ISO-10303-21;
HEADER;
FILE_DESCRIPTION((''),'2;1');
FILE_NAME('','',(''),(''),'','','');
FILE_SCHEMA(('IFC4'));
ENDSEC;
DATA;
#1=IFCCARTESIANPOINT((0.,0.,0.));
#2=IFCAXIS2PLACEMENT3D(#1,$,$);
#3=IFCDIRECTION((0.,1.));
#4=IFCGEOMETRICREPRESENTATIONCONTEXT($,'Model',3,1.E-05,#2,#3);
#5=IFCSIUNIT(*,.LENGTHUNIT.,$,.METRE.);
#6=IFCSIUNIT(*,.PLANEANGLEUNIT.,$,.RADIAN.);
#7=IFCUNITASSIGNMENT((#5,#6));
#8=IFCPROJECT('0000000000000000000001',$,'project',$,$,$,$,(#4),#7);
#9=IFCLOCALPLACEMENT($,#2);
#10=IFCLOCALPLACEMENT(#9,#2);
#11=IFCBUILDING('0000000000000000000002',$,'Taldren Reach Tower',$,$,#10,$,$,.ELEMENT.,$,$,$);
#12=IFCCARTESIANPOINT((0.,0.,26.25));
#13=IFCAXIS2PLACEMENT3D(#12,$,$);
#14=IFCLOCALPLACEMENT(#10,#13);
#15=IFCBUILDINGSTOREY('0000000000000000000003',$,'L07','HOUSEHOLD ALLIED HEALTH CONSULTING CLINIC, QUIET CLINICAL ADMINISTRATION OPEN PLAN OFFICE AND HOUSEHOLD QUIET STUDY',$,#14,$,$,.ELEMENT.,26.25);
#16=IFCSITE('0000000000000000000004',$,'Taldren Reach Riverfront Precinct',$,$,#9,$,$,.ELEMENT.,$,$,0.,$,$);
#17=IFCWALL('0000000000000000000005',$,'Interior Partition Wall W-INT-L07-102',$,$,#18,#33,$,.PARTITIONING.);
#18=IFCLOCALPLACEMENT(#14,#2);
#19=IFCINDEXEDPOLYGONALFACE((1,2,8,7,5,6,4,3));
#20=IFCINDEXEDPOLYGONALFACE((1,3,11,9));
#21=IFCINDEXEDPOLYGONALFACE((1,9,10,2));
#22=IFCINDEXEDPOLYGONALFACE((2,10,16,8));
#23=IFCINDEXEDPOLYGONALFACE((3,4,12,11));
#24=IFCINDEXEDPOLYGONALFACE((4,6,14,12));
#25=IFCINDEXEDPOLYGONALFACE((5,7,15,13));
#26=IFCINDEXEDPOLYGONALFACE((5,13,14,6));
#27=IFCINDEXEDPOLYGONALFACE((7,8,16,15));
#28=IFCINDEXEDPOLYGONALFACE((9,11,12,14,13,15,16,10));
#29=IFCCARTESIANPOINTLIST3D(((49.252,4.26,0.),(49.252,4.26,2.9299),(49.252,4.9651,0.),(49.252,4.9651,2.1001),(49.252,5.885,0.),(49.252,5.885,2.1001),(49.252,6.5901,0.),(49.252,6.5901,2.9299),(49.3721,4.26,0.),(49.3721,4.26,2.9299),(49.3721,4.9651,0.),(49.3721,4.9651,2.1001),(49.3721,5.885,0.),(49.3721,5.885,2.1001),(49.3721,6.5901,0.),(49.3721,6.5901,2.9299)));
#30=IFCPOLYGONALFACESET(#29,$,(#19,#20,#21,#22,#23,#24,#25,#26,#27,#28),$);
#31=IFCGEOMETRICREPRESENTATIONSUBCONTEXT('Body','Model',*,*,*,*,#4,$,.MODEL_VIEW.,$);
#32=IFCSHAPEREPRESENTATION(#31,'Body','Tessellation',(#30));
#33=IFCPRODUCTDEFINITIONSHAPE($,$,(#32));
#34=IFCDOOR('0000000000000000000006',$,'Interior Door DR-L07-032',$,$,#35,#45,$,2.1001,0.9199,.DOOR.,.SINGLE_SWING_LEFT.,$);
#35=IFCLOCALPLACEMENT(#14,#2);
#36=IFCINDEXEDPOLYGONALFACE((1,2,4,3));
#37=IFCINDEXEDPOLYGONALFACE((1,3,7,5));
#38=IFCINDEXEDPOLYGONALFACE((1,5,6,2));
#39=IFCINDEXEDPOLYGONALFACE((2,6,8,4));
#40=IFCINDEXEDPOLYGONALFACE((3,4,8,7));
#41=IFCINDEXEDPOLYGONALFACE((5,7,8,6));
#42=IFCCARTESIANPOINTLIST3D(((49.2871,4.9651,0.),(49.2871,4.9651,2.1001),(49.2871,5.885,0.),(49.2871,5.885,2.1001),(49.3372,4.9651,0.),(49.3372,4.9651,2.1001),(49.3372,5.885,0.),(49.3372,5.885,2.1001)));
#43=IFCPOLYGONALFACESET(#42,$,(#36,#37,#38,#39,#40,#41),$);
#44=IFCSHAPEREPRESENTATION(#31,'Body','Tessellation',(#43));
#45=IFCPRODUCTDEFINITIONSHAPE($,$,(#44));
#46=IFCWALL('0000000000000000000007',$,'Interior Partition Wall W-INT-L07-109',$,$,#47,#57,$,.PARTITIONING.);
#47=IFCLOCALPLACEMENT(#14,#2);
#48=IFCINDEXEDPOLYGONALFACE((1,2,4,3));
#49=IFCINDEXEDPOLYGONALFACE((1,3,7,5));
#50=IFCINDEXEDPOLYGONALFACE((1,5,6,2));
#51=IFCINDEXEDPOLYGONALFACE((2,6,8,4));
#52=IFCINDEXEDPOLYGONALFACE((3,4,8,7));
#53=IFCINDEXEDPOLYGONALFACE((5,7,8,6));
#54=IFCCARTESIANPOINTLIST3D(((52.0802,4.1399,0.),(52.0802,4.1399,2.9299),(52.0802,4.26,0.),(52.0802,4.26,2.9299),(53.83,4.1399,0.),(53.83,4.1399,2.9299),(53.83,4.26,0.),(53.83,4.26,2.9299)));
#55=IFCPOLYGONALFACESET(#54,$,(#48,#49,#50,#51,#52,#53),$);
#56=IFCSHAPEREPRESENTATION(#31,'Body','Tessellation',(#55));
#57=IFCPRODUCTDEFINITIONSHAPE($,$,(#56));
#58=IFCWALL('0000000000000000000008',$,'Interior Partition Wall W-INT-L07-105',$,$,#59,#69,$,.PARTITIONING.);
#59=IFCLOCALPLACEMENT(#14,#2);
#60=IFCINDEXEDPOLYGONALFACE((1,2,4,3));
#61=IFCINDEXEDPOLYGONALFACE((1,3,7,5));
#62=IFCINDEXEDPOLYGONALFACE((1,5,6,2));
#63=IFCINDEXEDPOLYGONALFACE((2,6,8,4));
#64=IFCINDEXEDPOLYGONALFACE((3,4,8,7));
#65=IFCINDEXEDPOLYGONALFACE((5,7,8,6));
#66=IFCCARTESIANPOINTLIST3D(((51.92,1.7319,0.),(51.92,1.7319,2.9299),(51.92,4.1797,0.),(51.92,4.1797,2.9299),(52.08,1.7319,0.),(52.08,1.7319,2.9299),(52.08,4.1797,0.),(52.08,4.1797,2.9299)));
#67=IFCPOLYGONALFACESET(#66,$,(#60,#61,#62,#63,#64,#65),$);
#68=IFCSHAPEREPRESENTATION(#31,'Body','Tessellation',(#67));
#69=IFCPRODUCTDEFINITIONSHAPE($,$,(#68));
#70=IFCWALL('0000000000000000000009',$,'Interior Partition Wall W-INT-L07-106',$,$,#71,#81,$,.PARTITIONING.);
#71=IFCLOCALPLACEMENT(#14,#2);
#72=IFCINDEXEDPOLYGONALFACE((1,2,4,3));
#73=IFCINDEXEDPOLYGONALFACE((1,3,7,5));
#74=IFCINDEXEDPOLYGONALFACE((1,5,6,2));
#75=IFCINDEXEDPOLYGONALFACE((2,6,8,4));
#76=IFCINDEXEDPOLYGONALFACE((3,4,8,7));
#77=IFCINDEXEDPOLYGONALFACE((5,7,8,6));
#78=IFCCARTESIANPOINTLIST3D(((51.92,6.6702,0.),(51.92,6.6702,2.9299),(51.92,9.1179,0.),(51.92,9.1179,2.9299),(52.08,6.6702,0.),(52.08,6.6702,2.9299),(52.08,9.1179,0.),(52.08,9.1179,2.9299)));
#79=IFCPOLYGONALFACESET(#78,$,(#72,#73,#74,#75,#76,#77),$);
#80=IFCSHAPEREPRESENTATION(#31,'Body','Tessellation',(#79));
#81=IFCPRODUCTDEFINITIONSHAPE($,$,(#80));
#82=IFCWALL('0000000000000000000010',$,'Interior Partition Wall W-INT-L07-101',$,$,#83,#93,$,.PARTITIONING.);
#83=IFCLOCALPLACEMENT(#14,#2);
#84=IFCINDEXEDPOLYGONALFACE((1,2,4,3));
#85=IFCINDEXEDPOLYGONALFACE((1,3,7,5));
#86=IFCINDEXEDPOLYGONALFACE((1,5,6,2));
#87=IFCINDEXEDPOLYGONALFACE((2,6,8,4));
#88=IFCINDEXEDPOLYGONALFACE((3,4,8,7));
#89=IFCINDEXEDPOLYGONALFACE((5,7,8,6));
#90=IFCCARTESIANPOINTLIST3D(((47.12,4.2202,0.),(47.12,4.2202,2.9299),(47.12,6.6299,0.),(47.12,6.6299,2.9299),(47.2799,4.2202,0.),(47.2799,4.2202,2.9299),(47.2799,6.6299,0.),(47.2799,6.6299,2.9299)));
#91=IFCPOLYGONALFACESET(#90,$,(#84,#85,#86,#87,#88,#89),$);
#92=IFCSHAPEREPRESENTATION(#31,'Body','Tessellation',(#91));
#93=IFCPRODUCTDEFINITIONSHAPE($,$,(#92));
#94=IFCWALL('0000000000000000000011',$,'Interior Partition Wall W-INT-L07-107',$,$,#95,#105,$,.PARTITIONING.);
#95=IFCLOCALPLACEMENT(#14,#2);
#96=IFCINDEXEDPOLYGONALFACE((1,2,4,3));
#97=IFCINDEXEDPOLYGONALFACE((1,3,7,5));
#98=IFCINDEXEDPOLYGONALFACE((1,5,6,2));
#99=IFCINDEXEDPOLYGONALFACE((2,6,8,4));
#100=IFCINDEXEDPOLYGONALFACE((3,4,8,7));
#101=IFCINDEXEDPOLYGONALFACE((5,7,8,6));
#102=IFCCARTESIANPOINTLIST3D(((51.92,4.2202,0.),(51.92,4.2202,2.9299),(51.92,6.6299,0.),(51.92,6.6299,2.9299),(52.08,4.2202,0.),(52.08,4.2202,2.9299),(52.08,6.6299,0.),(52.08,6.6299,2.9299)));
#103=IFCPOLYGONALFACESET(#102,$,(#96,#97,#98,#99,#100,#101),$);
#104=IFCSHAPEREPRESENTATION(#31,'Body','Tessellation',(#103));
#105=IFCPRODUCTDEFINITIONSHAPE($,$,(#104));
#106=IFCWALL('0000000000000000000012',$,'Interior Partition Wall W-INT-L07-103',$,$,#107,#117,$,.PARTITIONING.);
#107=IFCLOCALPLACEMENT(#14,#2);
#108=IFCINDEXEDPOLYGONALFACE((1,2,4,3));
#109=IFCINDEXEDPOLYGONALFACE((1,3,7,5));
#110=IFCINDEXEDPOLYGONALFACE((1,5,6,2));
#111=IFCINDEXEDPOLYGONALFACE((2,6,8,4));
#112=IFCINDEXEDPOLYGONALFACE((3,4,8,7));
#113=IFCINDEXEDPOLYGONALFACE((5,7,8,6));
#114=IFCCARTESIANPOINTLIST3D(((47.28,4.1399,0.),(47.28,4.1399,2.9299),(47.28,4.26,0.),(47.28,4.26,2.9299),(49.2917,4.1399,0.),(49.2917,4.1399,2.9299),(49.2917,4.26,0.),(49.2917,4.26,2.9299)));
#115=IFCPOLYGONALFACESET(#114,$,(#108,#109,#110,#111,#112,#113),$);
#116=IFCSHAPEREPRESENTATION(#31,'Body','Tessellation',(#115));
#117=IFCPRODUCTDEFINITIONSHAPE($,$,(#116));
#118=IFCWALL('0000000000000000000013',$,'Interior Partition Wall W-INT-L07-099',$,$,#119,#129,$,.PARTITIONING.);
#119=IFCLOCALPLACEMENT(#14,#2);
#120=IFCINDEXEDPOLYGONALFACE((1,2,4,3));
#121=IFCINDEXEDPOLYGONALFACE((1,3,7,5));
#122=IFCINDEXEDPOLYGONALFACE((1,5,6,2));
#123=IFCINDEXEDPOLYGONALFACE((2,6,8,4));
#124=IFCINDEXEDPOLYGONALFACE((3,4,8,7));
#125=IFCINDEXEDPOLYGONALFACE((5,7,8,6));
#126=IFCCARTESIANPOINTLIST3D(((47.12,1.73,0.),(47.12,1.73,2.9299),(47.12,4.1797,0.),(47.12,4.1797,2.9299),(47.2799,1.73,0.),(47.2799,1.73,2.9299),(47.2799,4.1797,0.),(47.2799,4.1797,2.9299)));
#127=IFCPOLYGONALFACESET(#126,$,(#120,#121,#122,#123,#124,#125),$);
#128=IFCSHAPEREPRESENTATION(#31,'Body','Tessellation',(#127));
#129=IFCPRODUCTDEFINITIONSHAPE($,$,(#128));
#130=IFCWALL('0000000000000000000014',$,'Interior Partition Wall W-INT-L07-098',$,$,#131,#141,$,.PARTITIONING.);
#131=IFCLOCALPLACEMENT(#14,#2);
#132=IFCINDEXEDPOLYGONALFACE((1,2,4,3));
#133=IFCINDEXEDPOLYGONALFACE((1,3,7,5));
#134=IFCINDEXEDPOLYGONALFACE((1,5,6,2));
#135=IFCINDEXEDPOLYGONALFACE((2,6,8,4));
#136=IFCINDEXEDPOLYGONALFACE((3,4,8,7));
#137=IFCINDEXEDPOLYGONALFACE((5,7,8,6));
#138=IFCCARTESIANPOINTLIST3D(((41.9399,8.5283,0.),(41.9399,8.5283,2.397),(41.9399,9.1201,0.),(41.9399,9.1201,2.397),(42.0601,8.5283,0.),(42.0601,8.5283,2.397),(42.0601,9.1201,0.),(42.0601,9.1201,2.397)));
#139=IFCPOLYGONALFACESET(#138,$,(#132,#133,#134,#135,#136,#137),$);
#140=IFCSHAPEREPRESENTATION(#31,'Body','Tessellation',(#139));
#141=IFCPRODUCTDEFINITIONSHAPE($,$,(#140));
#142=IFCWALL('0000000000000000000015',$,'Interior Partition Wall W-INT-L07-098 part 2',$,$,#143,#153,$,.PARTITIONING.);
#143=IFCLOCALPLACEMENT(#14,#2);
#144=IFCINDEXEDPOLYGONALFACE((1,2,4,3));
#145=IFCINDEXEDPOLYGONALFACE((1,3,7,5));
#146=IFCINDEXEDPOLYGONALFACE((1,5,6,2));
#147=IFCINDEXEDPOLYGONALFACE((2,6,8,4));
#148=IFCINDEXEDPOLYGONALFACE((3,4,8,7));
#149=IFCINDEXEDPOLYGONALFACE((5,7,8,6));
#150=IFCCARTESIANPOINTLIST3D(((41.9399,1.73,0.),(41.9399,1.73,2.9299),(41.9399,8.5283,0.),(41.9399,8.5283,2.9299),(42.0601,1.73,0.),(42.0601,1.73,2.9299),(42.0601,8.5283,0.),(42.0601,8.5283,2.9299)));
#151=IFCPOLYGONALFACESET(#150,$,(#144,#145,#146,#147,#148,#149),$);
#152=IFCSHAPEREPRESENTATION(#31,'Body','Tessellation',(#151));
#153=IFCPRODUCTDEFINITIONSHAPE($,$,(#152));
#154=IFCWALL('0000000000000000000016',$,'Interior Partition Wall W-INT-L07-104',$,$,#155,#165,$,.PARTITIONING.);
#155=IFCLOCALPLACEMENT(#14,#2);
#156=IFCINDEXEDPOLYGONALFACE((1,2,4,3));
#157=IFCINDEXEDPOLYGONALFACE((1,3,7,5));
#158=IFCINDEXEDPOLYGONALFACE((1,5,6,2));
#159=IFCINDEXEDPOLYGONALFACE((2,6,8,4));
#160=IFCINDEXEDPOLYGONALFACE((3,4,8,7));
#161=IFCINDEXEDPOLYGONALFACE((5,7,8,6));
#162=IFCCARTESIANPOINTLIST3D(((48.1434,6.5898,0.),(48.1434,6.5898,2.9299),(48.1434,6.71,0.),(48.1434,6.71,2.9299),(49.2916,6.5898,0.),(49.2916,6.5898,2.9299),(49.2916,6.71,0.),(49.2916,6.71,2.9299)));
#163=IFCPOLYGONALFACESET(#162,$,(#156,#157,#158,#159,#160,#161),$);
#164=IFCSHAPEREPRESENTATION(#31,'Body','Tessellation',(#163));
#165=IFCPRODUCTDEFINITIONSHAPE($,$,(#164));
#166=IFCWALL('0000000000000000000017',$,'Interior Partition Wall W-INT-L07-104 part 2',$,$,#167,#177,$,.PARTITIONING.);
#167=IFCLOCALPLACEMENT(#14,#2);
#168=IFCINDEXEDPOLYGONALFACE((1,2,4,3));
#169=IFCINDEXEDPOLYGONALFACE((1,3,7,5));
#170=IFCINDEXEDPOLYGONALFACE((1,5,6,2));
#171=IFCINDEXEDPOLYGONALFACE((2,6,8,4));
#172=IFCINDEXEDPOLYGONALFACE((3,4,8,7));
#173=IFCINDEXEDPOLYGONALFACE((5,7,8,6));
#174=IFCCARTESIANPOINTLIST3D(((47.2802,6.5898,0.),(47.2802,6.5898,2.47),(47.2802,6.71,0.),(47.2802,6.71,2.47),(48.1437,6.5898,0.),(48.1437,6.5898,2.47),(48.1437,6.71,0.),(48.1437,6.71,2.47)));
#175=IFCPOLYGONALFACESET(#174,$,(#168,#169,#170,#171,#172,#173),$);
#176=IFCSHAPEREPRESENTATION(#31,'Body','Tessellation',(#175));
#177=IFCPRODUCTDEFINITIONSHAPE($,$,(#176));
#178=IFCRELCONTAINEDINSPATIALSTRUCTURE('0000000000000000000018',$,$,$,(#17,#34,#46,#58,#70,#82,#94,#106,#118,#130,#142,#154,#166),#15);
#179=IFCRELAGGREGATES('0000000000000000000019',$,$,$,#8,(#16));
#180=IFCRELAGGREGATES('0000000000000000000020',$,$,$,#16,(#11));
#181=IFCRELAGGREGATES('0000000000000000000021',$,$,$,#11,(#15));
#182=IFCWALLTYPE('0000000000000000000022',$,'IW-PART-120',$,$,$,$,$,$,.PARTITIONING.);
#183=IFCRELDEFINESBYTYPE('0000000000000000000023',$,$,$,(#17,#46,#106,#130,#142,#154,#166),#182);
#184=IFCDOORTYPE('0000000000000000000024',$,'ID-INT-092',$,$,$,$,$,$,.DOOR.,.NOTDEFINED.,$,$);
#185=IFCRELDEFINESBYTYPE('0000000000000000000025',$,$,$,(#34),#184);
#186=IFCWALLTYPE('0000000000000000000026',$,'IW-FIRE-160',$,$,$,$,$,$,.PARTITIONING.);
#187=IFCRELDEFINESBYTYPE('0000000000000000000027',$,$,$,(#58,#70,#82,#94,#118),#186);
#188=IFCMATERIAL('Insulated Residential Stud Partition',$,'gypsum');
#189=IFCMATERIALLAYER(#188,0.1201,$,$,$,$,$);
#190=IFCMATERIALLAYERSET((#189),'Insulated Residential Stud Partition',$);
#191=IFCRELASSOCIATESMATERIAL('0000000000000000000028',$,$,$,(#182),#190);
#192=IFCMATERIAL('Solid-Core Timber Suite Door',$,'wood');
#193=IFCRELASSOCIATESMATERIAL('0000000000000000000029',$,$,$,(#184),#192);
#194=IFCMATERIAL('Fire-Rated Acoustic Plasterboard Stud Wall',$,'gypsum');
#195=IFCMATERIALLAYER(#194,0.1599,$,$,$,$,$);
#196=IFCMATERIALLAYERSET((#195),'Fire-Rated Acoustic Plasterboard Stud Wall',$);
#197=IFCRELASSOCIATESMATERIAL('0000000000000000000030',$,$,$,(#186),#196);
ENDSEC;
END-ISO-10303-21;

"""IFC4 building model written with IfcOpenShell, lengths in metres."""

from ifc_helpers import new_model, si_unit, direction, frame, frame_2d, origin, place, context, subcontext, project, spatial, rectangle, extrude, source, transform, mapped, material, layer, layer_set, type_object, element, fill, save


model = new_model("IFC4")

# Units and contexts
model_context = context("Model", 3, precision=1e-05, world=origin(), true_north=direction((0.0, 1.0)))
body_context = subcontext(model_context, "Body", "Model", "MODEL_VIEW")
ifc_project = project(units=[si_unit("LENGTHUNIT", "METRE"), si_unit("PLANEANGLEUNIT", "RADIAN")], contexts=[model_context])

# Site, building, storey
site_placement = place(None, origin())
site = spatial("IfcSite", under=ifc_project, at=site_placement, Name="Taldren Reach Riverfront Precinct", CompositionType="ELEMENT", RefElevation=0.0)
building_placement = place(site_placement, origin())
building = spatial("IfcBuilding", under=site, at=building_placement, Name="Taldren Reach Tower", CompositionType="ELEMENT")
storey_placement = place(building_placement, frame((0.0, 0.0, 26.25)))
storey = spatial("IfcBuildingStorey", under=building, at=storey_placement, Name="L07", Description="HOUSEHOLD ALLIED HEALTH CONSULTING CLINIC, QUIET CLINICAL ADMINISTRATION OPEN PLAN OFFICE AND HOUSEHOLD QUIET STUDY", CompositionType="ELEMENT", Elevation=26.25)

# Wall, opening, door
ifc_material_1 = material(Name="Insulated Residential Stud Partition", Category="gypsum")
ifc_layer_1 = layer(ifc_material_1, 0.1201)
ifc_layer_set_1 = layer_set([ifc_layer_1], Name="Insulated Residential Stud Partition")
wall_type_1 = type_object("IfcWallType", Name="IW-PART-120", PredefinedType="PARTITIONING", material=ifc_layer_set_1)
shared_shape_1 = source(origin(), body_context, "Body", "SweptSolid", [
    extrude(rectangle(XDim=2.3301, YDim=0.1201, at=frame_2d((1.165, 0.0))), origin(), (0.0, 0.0, 1.0), 2.9299),
])
wall_1_placement = place(storey_placement, frame((49.312, 4.26, 0.0), z_axis=(0.0, 0.0, 1.0), x_axis=(0.0, 1.0, 0.0)))
wall_1 = element("IfcWall", 1, at=wall_1_placement, inside=storey, type_object=wall_type_1, Name="Interior Partition Wall W-INT-L07-102", PredefinedType="PARTITIONING", context=body_context, shape_type="MappedRepresentation", body=[
    mapped(shared_shape_1, transform((0.0, 0.0, 0.0), scale=1.0)),
])
shared_shape_2 = source(origin(), body_context, "Body", "SweptSolid", [
    extrude(rectangle(XDim=0.9199, YDim=2.1001, at=frame_2d((0.46, 1.05))), frame((0.0, 0.0701, 0.0), z_axis=(0.0, -1.0, 0.0), x_axis=(1.0, 0.0, 0.0)), (0.0, 0.0, 1.0), 0.1401),
])
opening_placement = place(wall_1_placement, frame((0.7051, 0.0, 0.0)))
opening = element("IfcOpeningElement", 2, at=opening_placement, cuts=wall_1, PredefinedType="OPENING", context=body_context, shape_type="MappedRepresentation", body=[
    mapped(shared_shape_2, transform((0.0, 0.0, 0.0), scale=1.0)),
])
ifc_material_2 = material(Name="Solid-Core Timber Suite Door", Category="wood")
door_type = type_object("IfcDoorType", Name="ID-INT-092", OperationType="NOTDEFINED", PredefinedType="DOOR", material=ifc_material_2)
shared_shape_3 = source(origin(), body_context, "Body", "SweptSolid", [
    extrude(rectangle(XDim=0.9199, YDim=2.1001, at=frame_2d((0.46, 1.05))), frame((0.0, 0.0249, 0.0), z_axis=(0.0, -1.0, 0.0), x_axis=(1.0, 0.0, 0.0)), (0.0, 0.0, 1.0), 0.05),
])
door_placement = place(opening_placement, origin())
door = element("IfcDoor", 3, at=door_placement, inside=storey, type_object=door_type, Name="Interior Door DR-L07-032", OperationType="SINGLE_SWING_LEFT", OverallHeight=2.1001, OverallWidth=0.9199, PredefinedType="DOOR", context=body_context, shape_type="MappedRepresentation", body=[
    mapped(shared_shape_3, transform((0.0, 0.0, 0.0), scale=1.0)),
])
fill(opening, door)

# Walls
shared_shape_4 = source(origin(), body_context, "Body", "SweptSolid", [
    extrude(rectangle(XDim=1.7498, YDim=0.1201, at=frame_2d((0.875, 0.0))), origin(), (0.0, 0.0, 1.0), 2.9299),
])
wall_2_placement = place(storey_placement, frame((52.0801, 4.2, 0.0), z_axis=(0.0, 0.0, 1.0), x_axis=(1.0, 0.0, 0.0)))
element("IfcWall", 4, at=wall_2_placement, inside=storey, type_object=wall_type_1, Name="Interior Partition Wall W-INT-L07-109", PredefinedType="PARTITIONING", context=body_context, shape_type="MappedRepresentation", body=[
    mapped(shared_shape_4, transform((0.0, 0.0, 0.0), scale=1.0)),
])
ifc_material_3 = material(Name="Fire-Rated Acoustic Plasterboard Stud Wall", Category="gypsum")
ifc_layer_2 = layer(ifc_material_3, 0.1599)
ifc_layer_set_2 = layer_set([ifc_layer_2], Name="Fire-Rated Acoustic Plasterboard Stud Wall")
wall_type_2 = type_object("IfcWallType", Name="IW-FIRE-160", PredefinedType="PARTITIONING", material=ifc_layer_set_2)
shared_shape_5 = source(origin(), body_context, "Body", "SweptSolid", [
    extrude(rectangle(XDim=2.4478, YDim=0.1599, at=frame_2d((1.2239, 0.0))), origin(), (0.0, 0.0, 1.0), 2.9299),
])
for number, where, z_axis, x_axis, name in (
    (5, (52.0, 4.1797, 0.0), (0.0, 0.0, 1.0), (0.0, -1.0, 0.0), "Interior Partition Wall W-INT-L07-105"),
    (6, (52.0, 9.1179, 0.0), (0.0, 0.0, 1.0), (0.0, -1.0, 0.0), "Interior Partition Wall W-INT-L07-106"),
):
    element("IfcWall", number, at=place(storey_placement, frame(where, z_axis=z_axis, x_axis=x_axis)), inside=storey, type_object=wall_type_2, Name=name, PredefinedType="PARTITIONING", context=body_context, shape_type="MappedRepresentation", body=[
        mapped(shared_shape_5, transform((0.0, 0.0, 0.0), scale=1.0)),
    ])
shared_shape_6 = source(origin(), body_context, "Body", "SweptSolid", [
    extrude(rectangle(XDim=2.4097, YDim=0.1599, at=frame_2d((1.2048, 0.0))), origin(), (0.0, 0.0, 1.0), 2.9299),
])
for number, where, z_axis, x_axis, name in (
    (7, (47.2, 6.6299, 0.0), (0.0, 0.0, 1.0), (0.0, -1.0, 0.0), "Interior Partition Wall W-INT-L07-101"),
    (8, (52.0, 6.6299, 0.0), (0.0, 0.0, 1.0), (0.0, -1.0, 0.0), "Interior Partition Wall W-INT-L07-107"),
):
    element("IfcWall", number, at=place(storey_placement, frame(where, z_axis=z_axis, x_axis=x_axis)), inside=storey, type_object=wall_type_2, Name=name, PredefinedType="PARTITIONING", context=body_context, shape_type="MappedRepresentation", body=[
        mapped(shared_shape_6, transform((0.0, 0.0, 0.0), scale=1.0)),
    ])
shared_shape_7 = source(origin(), body_context, "Body", "SweptSolid", [
    extrude(rectangle(XDim=2.0117, YDim=0.1201, at=frame_2d((1.0059, 0.0))), origin(), (0.0, 0.0, 1.0), 2.9299),
])
wall_3_placement = place(storey_placement, frame((47.28, 4.2, 0.0), z_axis=(0.0, 0.0, 1.0), x_axis=(1.0, 0.0, 0.0)))
element("IfcWall", 9, at=wall_3_placement, inside=storey, type_object=wall_type_1, Name="Interior Partition Wall W-INT-L07-103", PredefinedType="PARTITIONING", context=body_context, shape_type="MappedRepresentation", body=[
    mapped(shared_shape_7, transform((0.0, 0.0, 0.0), scale=1.0)),
])
shared_shape_8 = source(origin(), body_context, "Body", "SweptSolid", [
    extrude(rectangle(XDim=2.4497, YDim=0.1599, at=frame_2d((1.2249, 0.0))), origin(), (0.0, 0.0, 1.0), 2.9299),
])
wall_4_placement = place(storey_placement, frame((47.2, 4.1797, 0.0), z_axis=(0.0, 0.0, 1.0), x_axis=(0.0, -1.0, 0.0)))
element("IfcWall", 10, at=wall_4_placement, inside=storey, type_object=wall_type_2, Name="Interior Partition Wall W-INT-L07-099", PredefinedType="PARTITIONING", context=body_context, shape_type="MappedRepresentation", body=[
    mapped(shared_shape_8, transform((0.0, 0.0, 0.0), scale=1.0)),
])
shared_shape_9 = source(origin(), body_context, "Body", "SweptSolid", [
    extrude(rectangle(XDim=0.5918, YDim=0.1201, at=frame_2d((0.2959, 0.0))), origin(), (0.0, 0.0, 1.0), 2.397),
])
wall_5_placement = place(storey_placement, frame((42.0, 9.1201, 0.0), z_axis=(0.0, 0.0, 1.0), x_axis=(0.0, -1.0, 0.0)))
element("IfcWall", 11, at=wall_5_placement, inside=storey, type_object=wall_type_1, Name="Interior Partition Wall W-INT-L07-098", PredefinedType="PARTITIONING", context=body_context, shape_type="MappedRepresentation", body=[
    mapped(shared_shape_9, transform((0.0, 0.0, 0.0), scale=1.0)),
])
shared_shape_10 = source(origin(), body_context, "Body", "SweptSolid", [
    extrude(rectangle(XDim=6.7983, YDim=0.1201, at=frame_2d((3.3992, 0.0))), origin(), (0.0, 0.0, 1.0), 2.9299),
])
wall_6_placement = place(storey_placement, frame((42.0, 8.5283, 0.0), z_axis=(0.0, 0.0, 1.0), x_axis=(0.0, -1.0, 0.0)))
element("IfcWall", 12, at=wall_6_placement, inside=storey, type_object=wall_type_1, Name="Interior Partition Wall W-INT-L07-098 part 2", PredefinedType="PARTITIONING", context=body_context, shape_type="MappedRepresentation", body=[
    mapped(shared_shape_10, transform((0.0, 0.0, 0.0), scale=1.0)),
])
shared_shape_11 = source(origin(), body_context, "Body", "SweptSolid", [
    extrude(rectangle(XDim=1.1482, YDim=0.1201, at=frame_2d((0.5742, 0.0))), origin(), (0.0, 0.0, 1.0), 2.9299),
])
wall_7_placement = place(storey_placement, frame((49.2917, 6.6499, 0.0), z_axis=(0.0, 0.0, 1.0), x_axis=(-1.0, 0.0, 0.0)))
element("IfcWall", 13, at=wall_7_placement, inside=storey, type_object=wall_type_1, Name="Interior Partition Wall W-INT-L07-104", PredefinedType="PARTITIONING", context=body_context, shape_type="MappedRepresentation", body=[
    mapped(shared_shape_11, transform((0.0, 0.0, 0.0), scale=1.0)),
])
shared_shape_12 = source(origin(), body_context, "Body", "SweptSolid", [
    extrude(rectangle(XDim=0.8635, YDim=0.1201, at=frame_2d((0.4316, 0.0))), origin(), (0.0, 0.0, 1.0), 2.47),
])
wall_8_placement = place(storey_placement, frame((48.1436, 6.6499, 0.0), z_axis=(0.0, 0.0, 1.0), x_axis=(-1.0, 0.0, 0.0)))
element("IfcWall", 14, at=wall_8_placement, inside=storey, type_object=wall_type_1, Name="Interior Partition Wall W-INT-L07-104 part 2", PredefinedType="PARTITIONING", context=body_context, shape_type="MappedRepresentation", body=[
    mapped(shared_shape_12, transform((0.0, 0.0, 0.0), scale=1.0)),
])

save(model, "model.ifc")
